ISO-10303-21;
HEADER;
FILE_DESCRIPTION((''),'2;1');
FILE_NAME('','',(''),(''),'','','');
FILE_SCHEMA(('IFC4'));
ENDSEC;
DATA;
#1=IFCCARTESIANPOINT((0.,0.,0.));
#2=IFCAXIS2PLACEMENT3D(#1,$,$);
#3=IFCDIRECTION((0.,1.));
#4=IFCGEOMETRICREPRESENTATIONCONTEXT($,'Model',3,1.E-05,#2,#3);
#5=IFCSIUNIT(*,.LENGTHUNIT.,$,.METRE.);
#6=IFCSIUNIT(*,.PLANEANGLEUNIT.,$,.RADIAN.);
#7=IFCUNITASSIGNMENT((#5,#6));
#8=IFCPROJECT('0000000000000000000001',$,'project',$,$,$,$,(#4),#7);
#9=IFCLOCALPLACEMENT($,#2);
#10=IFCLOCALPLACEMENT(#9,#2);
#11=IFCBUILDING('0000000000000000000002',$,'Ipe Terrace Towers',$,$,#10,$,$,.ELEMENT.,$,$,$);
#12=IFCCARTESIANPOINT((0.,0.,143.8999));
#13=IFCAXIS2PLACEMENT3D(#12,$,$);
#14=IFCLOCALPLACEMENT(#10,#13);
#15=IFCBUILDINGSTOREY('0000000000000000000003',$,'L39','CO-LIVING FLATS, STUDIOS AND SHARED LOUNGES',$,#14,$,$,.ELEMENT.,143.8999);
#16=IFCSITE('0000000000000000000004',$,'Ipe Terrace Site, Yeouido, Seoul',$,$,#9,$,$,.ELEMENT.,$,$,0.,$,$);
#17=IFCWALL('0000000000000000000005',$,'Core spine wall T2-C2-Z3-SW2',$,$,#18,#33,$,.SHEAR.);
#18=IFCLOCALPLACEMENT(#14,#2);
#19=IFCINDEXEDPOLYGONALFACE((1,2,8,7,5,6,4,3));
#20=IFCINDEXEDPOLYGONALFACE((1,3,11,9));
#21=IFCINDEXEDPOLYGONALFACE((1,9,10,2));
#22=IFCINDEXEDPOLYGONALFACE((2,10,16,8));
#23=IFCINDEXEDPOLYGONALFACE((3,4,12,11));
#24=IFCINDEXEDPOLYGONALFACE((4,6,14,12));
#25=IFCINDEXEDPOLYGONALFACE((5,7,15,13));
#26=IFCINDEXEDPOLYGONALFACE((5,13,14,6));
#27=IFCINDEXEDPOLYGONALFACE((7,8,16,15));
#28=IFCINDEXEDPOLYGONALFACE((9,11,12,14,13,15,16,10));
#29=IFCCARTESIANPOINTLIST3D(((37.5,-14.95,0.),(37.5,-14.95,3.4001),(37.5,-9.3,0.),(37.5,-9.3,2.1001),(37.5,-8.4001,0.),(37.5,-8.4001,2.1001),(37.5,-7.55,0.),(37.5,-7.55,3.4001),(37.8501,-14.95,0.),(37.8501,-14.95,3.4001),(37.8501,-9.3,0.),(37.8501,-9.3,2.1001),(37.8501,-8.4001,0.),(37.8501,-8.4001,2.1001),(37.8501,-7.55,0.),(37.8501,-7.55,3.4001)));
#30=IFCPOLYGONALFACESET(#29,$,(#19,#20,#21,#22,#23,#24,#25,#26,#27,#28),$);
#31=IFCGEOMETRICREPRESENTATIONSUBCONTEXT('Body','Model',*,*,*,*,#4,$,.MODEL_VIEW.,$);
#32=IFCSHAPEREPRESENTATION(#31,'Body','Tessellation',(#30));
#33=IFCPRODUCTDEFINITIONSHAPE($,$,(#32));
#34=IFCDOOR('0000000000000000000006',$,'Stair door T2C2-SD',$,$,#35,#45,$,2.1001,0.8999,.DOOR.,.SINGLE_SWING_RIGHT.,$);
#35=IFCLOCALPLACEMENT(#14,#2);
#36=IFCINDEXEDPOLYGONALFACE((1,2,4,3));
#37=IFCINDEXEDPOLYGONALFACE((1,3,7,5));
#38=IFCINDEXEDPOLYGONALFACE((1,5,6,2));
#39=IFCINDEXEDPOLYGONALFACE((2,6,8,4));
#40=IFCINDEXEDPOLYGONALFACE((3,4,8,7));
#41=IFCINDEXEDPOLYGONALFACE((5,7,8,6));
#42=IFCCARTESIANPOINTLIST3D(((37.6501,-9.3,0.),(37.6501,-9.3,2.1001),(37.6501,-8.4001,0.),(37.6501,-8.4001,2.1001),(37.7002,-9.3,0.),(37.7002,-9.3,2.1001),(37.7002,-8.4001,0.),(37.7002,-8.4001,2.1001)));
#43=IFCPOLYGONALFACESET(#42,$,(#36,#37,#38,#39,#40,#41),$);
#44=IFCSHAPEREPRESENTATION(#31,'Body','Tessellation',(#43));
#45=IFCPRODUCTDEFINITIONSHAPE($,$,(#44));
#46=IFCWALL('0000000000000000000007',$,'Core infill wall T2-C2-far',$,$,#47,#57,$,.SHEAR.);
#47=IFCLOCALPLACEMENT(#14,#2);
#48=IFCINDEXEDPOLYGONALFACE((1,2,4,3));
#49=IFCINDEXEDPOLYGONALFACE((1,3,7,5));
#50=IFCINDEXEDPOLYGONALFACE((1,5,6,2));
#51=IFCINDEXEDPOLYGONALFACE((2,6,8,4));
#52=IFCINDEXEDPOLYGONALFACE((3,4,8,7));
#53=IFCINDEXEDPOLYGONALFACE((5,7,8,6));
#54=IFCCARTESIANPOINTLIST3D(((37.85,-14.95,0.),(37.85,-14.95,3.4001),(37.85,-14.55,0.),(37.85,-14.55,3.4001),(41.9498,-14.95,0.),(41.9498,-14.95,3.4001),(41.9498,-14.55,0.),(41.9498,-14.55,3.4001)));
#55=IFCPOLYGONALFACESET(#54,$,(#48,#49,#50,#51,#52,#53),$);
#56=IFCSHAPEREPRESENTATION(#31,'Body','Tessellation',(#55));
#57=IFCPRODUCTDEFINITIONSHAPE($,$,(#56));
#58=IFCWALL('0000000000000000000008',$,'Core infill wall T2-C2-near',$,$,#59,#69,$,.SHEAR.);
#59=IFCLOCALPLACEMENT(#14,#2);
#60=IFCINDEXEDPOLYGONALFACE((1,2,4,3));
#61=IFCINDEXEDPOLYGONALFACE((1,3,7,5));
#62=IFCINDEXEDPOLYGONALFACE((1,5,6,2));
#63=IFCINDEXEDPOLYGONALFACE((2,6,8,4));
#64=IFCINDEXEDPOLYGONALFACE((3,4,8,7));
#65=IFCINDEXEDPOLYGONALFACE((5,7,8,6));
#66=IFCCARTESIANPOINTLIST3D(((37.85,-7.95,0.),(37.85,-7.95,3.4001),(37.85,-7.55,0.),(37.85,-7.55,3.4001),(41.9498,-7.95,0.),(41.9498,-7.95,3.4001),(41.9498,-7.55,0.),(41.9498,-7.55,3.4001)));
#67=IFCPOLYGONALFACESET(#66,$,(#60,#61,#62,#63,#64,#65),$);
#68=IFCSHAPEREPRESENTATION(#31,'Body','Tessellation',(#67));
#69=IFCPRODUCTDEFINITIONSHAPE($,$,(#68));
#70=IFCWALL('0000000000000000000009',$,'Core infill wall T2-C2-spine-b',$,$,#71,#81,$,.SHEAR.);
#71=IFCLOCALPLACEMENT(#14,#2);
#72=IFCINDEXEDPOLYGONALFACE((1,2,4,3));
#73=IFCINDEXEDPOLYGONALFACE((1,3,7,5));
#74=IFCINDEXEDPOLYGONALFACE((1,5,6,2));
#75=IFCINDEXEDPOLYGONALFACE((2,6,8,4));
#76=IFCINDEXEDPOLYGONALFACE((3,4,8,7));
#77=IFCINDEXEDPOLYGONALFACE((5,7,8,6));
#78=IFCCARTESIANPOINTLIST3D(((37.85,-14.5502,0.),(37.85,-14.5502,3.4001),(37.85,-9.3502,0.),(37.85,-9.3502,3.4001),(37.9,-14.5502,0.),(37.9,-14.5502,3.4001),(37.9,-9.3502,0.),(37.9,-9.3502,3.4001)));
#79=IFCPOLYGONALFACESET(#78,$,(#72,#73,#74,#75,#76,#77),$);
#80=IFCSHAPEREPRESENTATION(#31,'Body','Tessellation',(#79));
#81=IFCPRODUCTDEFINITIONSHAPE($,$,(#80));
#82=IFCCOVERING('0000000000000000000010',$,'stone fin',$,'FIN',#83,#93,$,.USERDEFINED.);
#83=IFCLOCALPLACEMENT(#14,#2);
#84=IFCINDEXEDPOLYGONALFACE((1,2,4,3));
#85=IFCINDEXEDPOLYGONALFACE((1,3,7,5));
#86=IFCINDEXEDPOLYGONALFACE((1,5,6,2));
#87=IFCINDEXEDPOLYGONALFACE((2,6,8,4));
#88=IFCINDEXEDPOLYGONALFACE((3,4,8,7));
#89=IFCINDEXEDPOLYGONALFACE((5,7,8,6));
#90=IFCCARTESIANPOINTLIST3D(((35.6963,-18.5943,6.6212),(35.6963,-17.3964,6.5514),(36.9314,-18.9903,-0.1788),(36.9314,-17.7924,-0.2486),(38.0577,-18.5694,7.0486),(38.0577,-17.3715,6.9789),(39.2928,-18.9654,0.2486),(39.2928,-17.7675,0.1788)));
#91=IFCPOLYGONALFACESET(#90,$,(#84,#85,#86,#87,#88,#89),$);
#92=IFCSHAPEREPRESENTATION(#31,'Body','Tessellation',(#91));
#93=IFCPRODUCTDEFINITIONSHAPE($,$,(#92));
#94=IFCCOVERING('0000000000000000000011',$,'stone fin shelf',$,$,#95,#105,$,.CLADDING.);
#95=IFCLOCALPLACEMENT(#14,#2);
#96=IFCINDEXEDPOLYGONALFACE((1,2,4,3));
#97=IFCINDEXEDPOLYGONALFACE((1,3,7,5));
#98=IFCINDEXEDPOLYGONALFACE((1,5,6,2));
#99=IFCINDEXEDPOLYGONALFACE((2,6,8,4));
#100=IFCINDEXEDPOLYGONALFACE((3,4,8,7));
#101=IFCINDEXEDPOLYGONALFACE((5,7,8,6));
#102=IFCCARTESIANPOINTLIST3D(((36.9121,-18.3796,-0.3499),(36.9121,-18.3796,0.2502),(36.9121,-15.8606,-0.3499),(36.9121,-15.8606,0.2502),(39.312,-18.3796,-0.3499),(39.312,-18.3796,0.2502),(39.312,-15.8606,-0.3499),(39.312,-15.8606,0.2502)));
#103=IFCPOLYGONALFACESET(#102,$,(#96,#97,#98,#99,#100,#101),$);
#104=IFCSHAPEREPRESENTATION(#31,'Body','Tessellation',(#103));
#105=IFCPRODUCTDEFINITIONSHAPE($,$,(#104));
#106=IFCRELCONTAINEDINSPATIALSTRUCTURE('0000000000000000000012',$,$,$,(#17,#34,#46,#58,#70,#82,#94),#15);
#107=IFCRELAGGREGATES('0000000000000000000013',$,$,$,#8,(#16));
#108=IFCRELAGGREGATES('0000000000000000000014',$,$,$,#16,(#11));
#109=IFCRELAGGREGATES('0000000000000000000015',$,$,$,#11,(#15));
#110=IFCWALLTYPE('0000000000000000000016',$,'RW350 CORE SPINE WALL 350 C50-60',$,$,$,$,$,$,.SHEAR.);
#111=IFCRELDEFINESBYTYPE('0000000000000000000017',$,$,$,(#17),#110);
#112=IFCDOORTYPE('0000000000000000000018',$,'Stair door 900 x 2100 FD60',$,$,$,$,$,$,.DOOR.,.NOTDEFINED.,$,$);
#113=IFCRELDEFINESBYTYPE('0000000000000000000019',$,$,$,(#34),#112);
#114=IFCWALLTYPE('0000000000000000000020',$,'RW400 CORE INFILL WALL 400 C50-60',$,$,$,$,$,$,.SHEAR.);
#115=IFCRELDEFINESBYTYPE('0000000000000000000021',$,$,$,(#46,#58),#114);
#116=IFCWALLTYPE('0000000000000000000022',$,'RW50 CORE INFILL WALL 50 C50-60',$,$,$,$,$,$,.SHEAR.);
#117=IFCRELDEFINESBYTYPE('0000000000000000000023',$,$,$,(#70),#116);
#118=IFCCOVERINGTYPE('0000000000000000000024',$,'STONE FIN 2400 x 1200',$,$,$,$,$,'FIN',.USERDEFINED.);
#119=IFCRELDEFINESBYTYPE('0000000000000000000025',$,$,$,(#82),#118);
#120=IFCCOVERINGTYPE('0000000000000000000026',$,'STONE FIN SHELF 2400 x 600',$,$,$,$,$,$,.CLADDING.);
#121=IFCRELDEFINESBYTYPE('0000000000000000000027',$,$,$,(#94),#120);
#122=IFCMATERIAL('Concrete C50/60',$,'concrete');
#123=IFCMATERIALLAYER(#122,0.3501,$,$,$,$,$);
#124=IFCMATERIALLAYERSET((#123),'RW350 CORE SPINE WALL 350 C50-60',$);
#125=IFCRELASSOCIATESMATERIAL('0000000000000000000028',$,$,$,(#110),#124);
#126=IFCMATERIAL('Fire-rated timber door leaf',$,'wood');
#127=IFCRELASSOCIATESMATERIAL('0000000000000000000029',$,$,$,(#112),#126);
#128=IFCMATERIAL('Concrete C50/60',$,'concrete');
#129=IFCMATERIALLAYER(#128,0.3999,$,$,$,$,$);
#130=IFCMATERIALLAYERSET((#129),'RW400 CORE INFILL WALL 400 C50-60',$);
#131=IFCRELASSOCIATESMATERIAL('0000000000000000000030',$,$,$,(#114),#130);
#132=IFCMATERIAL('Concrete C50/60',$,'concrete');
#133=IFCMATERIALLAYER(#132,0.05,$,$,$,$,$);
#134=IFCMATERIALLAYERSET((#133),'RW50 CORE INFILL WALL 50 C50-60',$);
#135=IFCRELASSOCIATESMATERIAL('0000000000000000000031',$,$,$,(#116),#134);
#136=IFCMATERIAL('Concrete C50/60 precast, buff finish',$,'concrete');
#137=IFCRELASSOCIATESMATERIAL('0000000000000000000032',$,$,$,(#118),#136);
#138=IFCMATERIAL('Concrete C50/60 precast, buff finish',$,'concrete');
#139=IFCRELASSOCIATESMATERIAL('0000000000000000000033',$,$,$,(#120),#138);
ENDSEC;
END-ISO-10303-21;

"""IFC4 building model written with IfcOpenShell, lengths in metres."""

from ifc_helpers import new_model, si_unit, direction, frame, frame_2d, origin, origin_2d, place, context, subcontext, project, spatial, rectangle, extrude, material, layer, layer_set, material_profile, profile_set, type_object, element, fill, save


model = new_model("IFC4")

# Units and contexts
model_context = context("Model", 3, precision=1e-05, world=origin(), true_north=direction((0.0, 1.0)))
body_context = subcontext(model_context, "Body", "Model", "MODEL_VIEW")
ifc_project = project(units=[si_unit("LENGTHUNIT", "METRE"), si_unit("PLANEANGLEUNIT", "RADIAN")], contexts=[model_context])

# Site, building, storey
site_placement = place(None, origin())
site = spatial("IfcSite", under=ifc_project, at=site_placement, Name="Ipe Terrace Site, Yeouido, Seoul", CompositionType="ELEMENT", RefElevation=0.0)
building_placement = place(site_placement, origin())
building = spatial("IfcBuilding", under=site, at=building_placement, Name="Ipe Terrace Towers", CompositionType="ELEMENT")
storey_placement = place(building_placement, frame((0.0, 0.0, 143.8999)))
storey = spatial("IfcBuildingStorey", under=building, at=storey_placement, Name="L39", Description="CO-LIVING FLATS, STUDIOS AND SHARED LOUNGES", CompositionType="ELEMENT", Elevation=143.8999)

# Shared definitions
ifc_material_1 = material(Name="Concrete C50/60", Category="concrete")
ifc_layer_1 = layer(ifc_material_1, 0.3501)
ifc_layer_set_1 = layer_set([ifc_layer_1], Name="RW350 CORE SPINE WALL 350 C50-60")
wall_type_1 = type_object("IfcWallType", Name="RW350 CORE SPINE WALL 350 C50-60", PredefinedType="SHEAR", material=ifc_layer_set_1)

# Wall, opening, door
wall_1_placement = place(storey_placement, frame((37.675, -14.95, 0.0), z_axis=(0.0, 0.0, 1.0), x_axis=(0.0, 1.0, 0.0)))
wall_1 = element("IfcWall", 1, at=wall_1_placement, inside=storey, type_object=wall_type_1, Name="Core spine wall T2-C2-Z3-SW2", PredefinedType="SHEAR", context=body_context, shape_type="SweptSolid", body=[
    extrude(rectangle(XDim=7.3999, YDim=0.3501, at=frame_2d((3.7, 0.0))), origin(), (0.0, 0.0, 1.0), 3.4001),
])
opening_1_placement = place(wall_1_placement, frame((5.6499, 0.0, 0.0)))
opening_1 = element("IfcOpeningElement", 2, at=opening_1_placement, cuts=wall_1, PredefinedType="OPENING", context=body_context, shape_type="SweptSolid", body=[
    extrude(rectangle(XDim=0.8999, YDim=2.1001, at=frame_2d((0.45, 1.05))), frame((0.0, 0.1851, 0.0), z_axis=(0.0, -1.0, 0.0), x_axis=(1.0, 0.0, 0.0)), (0.0, 0.0, 1.0), 0.3701),
])
ifc_material_2 = material(Name="Fire-rated timber door leaf", Category="wood")
door_type_1 = type_object("IfcDoorType", Name="Stair door 900 x 2100 FD60", OperationType="NOTDEFINED", PredefinedType="DOOR", material=ifc_material_2)
door_1_placement = place(opening_1_placement, origin())
door_1 = element("IfcDoor", 3, at=door_1_placement, inside=storey, type_object=door_type_1, Name="Stair door T2C2-SD", OperationType="SINGLE_SWING_RIGHT", OverallHeight=2.1001, OverallWidth=0.8999, PredefinedType="DOOR", context=body_context, shape_type="SweptSolid", body=[
    extrude(rectangle(XDim=0.8999, YDim=2.1001, at=frame_2d((0.45, 1.05))), frame((0.0, 0.0249, 0.0), z_axis=(0.0, -1.0, 0.0), x_axis=(1.0, 0.0, 0.0)), (0.0, 0.0, 1.0), 0.05),
])
fill(opening_1, door_1)

# Walls
ifc_material_3 = material(Name="Concrete C50/60", Category="concrete")
ifc_layer_2 = layer(ifc_material_3, 0.3999)
ifc_layer_set_2 = layer_set([ifc_layer_2], Name="RW400 CORE INFILL WALL 400 C50-60")
wall_type_2 = type_object("IfcWallType", Name="RW400 CORE INFILL WALL 400 C50-60", PredefinedType="SHEAR", material=ifc_layer_set_2)
for number, where, z_axis, x_axis, name in (
    (4, (37.8501, -14.75, 0.0), (0.0, 0.0, 1.0), (1.0, 0.0, 0.0), "Core infill wall T2-C2-far"),
    (5, (37.8501, -7.75, 0.0), (0.0, 0.0, 1.0), (1.0, 0.0, 0.0), "Core infill wall T2-C2-near"),
):
    element("IfcWall", number, at=place(storey_placement, frame(where, z_axis=z_axis, x_axis=x_axis)), inside=storey, type_object=wall_type_2, Name=name, PredefinedType="SHEAR", context=body_context, shape_type="SweptSolid", body=[
        extrude(rectangle(XDim=4.0999, YDim=0.3999, at=frame_2d((2.0498, 0.0))), origin(), (0.0, 0.0, 1.0), 3.4001),
    ])
ifc_material_4 = material(Name="Concrete C50/60", Category="concrete")
ifc_layer_3 = layer(ifc_material_4, 0.05)
ifc_layer_set_3 = layer_set([ifc_layer_3], Name="RW50 CORE INFILL WALL 50 C50-60")
wall_type_3 = type_object("IfcWallType", Name="RW50 CORE INFILL WALL 50 C50-60", PredefinedType="SHEAR", material=ifc_layer_set_3)
wall_2_placement = place(storey_placement, frame((37.875, -9.3501, 0.0), z_axis=(0.0, 0.0, 1.0), x_axis=(0.0, -1.0, 0.0)))
element("IfcWall", 6, at=wall_2_placement, inside=storey, type_object=wall_type_3, Name="Core infill wall T2-C2-spine-b", PredefinedType="SHEAR", context=body_context, shape_type="SweptSolid", body=[
    extrude(rectangle(XDim=5.2, YDim=0.05, at=frame_2d((2.6001, 0.0))), origin(), (0.0, 0.0, 1.0), 3.4001),
])

# Coverings
ifc_material_5 = material(Name="Concrete C50/60 precast, buff finish", Category="concrete")
ifc_material_profile = material_profile(ifc_material_5, rectangle(XDim=2.3999, YDim=1.2, at=origin_2d()), Name="STONE FIN 2400 x 1200")
ifc_profile_set = profile_set([ifc_material_profile], Name="Concrete C50/60 precast, buff finish")
covering_type_1 = type_object("IfcCoveringType", Name="STONE FIN 2400 x 1200", ElementType="FIN", PredefinedType="USERDEFINED", material=ifc_profile_set)
covering_1_placement = place(storey_placement, frame((38.1121, -18.3789, 0.0), z_axis=(-0.178416, 0.057203, 0.982291), x_axis=(0.983955, 0.010372, 0.178114)))
element("IfcCovering", 7, at=covering_1_placement, inside=storey, type_object=covering_type_1, Name="stone fin", ObjectType="FIN", PredefinedType="USERDEFINED", context=body_context, shape_type="SweptSolid", body=[
    extrude(rectangle(XDim=2.3999, YDim=1.2, at=origin_2d()), origin(), (0.0, 0.0, 1.0), 6.9226),
])
ifc_material_6 = material(Name="Concrete C50/60 precast, buff finish", Category="concrete")
covering_type_2 = type_object("IfcCoveringType", Name="STONE FIN SHELF 2400 x 600", PredefinedType="CLADDING", material=ifc_material_6)
covering_2_placement = place(storey_placement, frame((38.1121, -17.1201, -0.3499), z_axis=(0.0, 0.0, 1.0), x_axis=(1.0, 0.0, 0.0)))
element("IfcCovering", 8, at=covering_2_placement, inside=storey, type_object=covering_type_2, Name="stone fin shelf", PredefinedType="CLADDING", context=body_context, shape_type="SweptSolid", body=[
    extrude(rectangle(XDim=2.3999, YDim=2.519, at=origin_2d()), origin(), (0.0, 0.0, 1.0), 0.6001),
])

save(model, "model.ifc")
